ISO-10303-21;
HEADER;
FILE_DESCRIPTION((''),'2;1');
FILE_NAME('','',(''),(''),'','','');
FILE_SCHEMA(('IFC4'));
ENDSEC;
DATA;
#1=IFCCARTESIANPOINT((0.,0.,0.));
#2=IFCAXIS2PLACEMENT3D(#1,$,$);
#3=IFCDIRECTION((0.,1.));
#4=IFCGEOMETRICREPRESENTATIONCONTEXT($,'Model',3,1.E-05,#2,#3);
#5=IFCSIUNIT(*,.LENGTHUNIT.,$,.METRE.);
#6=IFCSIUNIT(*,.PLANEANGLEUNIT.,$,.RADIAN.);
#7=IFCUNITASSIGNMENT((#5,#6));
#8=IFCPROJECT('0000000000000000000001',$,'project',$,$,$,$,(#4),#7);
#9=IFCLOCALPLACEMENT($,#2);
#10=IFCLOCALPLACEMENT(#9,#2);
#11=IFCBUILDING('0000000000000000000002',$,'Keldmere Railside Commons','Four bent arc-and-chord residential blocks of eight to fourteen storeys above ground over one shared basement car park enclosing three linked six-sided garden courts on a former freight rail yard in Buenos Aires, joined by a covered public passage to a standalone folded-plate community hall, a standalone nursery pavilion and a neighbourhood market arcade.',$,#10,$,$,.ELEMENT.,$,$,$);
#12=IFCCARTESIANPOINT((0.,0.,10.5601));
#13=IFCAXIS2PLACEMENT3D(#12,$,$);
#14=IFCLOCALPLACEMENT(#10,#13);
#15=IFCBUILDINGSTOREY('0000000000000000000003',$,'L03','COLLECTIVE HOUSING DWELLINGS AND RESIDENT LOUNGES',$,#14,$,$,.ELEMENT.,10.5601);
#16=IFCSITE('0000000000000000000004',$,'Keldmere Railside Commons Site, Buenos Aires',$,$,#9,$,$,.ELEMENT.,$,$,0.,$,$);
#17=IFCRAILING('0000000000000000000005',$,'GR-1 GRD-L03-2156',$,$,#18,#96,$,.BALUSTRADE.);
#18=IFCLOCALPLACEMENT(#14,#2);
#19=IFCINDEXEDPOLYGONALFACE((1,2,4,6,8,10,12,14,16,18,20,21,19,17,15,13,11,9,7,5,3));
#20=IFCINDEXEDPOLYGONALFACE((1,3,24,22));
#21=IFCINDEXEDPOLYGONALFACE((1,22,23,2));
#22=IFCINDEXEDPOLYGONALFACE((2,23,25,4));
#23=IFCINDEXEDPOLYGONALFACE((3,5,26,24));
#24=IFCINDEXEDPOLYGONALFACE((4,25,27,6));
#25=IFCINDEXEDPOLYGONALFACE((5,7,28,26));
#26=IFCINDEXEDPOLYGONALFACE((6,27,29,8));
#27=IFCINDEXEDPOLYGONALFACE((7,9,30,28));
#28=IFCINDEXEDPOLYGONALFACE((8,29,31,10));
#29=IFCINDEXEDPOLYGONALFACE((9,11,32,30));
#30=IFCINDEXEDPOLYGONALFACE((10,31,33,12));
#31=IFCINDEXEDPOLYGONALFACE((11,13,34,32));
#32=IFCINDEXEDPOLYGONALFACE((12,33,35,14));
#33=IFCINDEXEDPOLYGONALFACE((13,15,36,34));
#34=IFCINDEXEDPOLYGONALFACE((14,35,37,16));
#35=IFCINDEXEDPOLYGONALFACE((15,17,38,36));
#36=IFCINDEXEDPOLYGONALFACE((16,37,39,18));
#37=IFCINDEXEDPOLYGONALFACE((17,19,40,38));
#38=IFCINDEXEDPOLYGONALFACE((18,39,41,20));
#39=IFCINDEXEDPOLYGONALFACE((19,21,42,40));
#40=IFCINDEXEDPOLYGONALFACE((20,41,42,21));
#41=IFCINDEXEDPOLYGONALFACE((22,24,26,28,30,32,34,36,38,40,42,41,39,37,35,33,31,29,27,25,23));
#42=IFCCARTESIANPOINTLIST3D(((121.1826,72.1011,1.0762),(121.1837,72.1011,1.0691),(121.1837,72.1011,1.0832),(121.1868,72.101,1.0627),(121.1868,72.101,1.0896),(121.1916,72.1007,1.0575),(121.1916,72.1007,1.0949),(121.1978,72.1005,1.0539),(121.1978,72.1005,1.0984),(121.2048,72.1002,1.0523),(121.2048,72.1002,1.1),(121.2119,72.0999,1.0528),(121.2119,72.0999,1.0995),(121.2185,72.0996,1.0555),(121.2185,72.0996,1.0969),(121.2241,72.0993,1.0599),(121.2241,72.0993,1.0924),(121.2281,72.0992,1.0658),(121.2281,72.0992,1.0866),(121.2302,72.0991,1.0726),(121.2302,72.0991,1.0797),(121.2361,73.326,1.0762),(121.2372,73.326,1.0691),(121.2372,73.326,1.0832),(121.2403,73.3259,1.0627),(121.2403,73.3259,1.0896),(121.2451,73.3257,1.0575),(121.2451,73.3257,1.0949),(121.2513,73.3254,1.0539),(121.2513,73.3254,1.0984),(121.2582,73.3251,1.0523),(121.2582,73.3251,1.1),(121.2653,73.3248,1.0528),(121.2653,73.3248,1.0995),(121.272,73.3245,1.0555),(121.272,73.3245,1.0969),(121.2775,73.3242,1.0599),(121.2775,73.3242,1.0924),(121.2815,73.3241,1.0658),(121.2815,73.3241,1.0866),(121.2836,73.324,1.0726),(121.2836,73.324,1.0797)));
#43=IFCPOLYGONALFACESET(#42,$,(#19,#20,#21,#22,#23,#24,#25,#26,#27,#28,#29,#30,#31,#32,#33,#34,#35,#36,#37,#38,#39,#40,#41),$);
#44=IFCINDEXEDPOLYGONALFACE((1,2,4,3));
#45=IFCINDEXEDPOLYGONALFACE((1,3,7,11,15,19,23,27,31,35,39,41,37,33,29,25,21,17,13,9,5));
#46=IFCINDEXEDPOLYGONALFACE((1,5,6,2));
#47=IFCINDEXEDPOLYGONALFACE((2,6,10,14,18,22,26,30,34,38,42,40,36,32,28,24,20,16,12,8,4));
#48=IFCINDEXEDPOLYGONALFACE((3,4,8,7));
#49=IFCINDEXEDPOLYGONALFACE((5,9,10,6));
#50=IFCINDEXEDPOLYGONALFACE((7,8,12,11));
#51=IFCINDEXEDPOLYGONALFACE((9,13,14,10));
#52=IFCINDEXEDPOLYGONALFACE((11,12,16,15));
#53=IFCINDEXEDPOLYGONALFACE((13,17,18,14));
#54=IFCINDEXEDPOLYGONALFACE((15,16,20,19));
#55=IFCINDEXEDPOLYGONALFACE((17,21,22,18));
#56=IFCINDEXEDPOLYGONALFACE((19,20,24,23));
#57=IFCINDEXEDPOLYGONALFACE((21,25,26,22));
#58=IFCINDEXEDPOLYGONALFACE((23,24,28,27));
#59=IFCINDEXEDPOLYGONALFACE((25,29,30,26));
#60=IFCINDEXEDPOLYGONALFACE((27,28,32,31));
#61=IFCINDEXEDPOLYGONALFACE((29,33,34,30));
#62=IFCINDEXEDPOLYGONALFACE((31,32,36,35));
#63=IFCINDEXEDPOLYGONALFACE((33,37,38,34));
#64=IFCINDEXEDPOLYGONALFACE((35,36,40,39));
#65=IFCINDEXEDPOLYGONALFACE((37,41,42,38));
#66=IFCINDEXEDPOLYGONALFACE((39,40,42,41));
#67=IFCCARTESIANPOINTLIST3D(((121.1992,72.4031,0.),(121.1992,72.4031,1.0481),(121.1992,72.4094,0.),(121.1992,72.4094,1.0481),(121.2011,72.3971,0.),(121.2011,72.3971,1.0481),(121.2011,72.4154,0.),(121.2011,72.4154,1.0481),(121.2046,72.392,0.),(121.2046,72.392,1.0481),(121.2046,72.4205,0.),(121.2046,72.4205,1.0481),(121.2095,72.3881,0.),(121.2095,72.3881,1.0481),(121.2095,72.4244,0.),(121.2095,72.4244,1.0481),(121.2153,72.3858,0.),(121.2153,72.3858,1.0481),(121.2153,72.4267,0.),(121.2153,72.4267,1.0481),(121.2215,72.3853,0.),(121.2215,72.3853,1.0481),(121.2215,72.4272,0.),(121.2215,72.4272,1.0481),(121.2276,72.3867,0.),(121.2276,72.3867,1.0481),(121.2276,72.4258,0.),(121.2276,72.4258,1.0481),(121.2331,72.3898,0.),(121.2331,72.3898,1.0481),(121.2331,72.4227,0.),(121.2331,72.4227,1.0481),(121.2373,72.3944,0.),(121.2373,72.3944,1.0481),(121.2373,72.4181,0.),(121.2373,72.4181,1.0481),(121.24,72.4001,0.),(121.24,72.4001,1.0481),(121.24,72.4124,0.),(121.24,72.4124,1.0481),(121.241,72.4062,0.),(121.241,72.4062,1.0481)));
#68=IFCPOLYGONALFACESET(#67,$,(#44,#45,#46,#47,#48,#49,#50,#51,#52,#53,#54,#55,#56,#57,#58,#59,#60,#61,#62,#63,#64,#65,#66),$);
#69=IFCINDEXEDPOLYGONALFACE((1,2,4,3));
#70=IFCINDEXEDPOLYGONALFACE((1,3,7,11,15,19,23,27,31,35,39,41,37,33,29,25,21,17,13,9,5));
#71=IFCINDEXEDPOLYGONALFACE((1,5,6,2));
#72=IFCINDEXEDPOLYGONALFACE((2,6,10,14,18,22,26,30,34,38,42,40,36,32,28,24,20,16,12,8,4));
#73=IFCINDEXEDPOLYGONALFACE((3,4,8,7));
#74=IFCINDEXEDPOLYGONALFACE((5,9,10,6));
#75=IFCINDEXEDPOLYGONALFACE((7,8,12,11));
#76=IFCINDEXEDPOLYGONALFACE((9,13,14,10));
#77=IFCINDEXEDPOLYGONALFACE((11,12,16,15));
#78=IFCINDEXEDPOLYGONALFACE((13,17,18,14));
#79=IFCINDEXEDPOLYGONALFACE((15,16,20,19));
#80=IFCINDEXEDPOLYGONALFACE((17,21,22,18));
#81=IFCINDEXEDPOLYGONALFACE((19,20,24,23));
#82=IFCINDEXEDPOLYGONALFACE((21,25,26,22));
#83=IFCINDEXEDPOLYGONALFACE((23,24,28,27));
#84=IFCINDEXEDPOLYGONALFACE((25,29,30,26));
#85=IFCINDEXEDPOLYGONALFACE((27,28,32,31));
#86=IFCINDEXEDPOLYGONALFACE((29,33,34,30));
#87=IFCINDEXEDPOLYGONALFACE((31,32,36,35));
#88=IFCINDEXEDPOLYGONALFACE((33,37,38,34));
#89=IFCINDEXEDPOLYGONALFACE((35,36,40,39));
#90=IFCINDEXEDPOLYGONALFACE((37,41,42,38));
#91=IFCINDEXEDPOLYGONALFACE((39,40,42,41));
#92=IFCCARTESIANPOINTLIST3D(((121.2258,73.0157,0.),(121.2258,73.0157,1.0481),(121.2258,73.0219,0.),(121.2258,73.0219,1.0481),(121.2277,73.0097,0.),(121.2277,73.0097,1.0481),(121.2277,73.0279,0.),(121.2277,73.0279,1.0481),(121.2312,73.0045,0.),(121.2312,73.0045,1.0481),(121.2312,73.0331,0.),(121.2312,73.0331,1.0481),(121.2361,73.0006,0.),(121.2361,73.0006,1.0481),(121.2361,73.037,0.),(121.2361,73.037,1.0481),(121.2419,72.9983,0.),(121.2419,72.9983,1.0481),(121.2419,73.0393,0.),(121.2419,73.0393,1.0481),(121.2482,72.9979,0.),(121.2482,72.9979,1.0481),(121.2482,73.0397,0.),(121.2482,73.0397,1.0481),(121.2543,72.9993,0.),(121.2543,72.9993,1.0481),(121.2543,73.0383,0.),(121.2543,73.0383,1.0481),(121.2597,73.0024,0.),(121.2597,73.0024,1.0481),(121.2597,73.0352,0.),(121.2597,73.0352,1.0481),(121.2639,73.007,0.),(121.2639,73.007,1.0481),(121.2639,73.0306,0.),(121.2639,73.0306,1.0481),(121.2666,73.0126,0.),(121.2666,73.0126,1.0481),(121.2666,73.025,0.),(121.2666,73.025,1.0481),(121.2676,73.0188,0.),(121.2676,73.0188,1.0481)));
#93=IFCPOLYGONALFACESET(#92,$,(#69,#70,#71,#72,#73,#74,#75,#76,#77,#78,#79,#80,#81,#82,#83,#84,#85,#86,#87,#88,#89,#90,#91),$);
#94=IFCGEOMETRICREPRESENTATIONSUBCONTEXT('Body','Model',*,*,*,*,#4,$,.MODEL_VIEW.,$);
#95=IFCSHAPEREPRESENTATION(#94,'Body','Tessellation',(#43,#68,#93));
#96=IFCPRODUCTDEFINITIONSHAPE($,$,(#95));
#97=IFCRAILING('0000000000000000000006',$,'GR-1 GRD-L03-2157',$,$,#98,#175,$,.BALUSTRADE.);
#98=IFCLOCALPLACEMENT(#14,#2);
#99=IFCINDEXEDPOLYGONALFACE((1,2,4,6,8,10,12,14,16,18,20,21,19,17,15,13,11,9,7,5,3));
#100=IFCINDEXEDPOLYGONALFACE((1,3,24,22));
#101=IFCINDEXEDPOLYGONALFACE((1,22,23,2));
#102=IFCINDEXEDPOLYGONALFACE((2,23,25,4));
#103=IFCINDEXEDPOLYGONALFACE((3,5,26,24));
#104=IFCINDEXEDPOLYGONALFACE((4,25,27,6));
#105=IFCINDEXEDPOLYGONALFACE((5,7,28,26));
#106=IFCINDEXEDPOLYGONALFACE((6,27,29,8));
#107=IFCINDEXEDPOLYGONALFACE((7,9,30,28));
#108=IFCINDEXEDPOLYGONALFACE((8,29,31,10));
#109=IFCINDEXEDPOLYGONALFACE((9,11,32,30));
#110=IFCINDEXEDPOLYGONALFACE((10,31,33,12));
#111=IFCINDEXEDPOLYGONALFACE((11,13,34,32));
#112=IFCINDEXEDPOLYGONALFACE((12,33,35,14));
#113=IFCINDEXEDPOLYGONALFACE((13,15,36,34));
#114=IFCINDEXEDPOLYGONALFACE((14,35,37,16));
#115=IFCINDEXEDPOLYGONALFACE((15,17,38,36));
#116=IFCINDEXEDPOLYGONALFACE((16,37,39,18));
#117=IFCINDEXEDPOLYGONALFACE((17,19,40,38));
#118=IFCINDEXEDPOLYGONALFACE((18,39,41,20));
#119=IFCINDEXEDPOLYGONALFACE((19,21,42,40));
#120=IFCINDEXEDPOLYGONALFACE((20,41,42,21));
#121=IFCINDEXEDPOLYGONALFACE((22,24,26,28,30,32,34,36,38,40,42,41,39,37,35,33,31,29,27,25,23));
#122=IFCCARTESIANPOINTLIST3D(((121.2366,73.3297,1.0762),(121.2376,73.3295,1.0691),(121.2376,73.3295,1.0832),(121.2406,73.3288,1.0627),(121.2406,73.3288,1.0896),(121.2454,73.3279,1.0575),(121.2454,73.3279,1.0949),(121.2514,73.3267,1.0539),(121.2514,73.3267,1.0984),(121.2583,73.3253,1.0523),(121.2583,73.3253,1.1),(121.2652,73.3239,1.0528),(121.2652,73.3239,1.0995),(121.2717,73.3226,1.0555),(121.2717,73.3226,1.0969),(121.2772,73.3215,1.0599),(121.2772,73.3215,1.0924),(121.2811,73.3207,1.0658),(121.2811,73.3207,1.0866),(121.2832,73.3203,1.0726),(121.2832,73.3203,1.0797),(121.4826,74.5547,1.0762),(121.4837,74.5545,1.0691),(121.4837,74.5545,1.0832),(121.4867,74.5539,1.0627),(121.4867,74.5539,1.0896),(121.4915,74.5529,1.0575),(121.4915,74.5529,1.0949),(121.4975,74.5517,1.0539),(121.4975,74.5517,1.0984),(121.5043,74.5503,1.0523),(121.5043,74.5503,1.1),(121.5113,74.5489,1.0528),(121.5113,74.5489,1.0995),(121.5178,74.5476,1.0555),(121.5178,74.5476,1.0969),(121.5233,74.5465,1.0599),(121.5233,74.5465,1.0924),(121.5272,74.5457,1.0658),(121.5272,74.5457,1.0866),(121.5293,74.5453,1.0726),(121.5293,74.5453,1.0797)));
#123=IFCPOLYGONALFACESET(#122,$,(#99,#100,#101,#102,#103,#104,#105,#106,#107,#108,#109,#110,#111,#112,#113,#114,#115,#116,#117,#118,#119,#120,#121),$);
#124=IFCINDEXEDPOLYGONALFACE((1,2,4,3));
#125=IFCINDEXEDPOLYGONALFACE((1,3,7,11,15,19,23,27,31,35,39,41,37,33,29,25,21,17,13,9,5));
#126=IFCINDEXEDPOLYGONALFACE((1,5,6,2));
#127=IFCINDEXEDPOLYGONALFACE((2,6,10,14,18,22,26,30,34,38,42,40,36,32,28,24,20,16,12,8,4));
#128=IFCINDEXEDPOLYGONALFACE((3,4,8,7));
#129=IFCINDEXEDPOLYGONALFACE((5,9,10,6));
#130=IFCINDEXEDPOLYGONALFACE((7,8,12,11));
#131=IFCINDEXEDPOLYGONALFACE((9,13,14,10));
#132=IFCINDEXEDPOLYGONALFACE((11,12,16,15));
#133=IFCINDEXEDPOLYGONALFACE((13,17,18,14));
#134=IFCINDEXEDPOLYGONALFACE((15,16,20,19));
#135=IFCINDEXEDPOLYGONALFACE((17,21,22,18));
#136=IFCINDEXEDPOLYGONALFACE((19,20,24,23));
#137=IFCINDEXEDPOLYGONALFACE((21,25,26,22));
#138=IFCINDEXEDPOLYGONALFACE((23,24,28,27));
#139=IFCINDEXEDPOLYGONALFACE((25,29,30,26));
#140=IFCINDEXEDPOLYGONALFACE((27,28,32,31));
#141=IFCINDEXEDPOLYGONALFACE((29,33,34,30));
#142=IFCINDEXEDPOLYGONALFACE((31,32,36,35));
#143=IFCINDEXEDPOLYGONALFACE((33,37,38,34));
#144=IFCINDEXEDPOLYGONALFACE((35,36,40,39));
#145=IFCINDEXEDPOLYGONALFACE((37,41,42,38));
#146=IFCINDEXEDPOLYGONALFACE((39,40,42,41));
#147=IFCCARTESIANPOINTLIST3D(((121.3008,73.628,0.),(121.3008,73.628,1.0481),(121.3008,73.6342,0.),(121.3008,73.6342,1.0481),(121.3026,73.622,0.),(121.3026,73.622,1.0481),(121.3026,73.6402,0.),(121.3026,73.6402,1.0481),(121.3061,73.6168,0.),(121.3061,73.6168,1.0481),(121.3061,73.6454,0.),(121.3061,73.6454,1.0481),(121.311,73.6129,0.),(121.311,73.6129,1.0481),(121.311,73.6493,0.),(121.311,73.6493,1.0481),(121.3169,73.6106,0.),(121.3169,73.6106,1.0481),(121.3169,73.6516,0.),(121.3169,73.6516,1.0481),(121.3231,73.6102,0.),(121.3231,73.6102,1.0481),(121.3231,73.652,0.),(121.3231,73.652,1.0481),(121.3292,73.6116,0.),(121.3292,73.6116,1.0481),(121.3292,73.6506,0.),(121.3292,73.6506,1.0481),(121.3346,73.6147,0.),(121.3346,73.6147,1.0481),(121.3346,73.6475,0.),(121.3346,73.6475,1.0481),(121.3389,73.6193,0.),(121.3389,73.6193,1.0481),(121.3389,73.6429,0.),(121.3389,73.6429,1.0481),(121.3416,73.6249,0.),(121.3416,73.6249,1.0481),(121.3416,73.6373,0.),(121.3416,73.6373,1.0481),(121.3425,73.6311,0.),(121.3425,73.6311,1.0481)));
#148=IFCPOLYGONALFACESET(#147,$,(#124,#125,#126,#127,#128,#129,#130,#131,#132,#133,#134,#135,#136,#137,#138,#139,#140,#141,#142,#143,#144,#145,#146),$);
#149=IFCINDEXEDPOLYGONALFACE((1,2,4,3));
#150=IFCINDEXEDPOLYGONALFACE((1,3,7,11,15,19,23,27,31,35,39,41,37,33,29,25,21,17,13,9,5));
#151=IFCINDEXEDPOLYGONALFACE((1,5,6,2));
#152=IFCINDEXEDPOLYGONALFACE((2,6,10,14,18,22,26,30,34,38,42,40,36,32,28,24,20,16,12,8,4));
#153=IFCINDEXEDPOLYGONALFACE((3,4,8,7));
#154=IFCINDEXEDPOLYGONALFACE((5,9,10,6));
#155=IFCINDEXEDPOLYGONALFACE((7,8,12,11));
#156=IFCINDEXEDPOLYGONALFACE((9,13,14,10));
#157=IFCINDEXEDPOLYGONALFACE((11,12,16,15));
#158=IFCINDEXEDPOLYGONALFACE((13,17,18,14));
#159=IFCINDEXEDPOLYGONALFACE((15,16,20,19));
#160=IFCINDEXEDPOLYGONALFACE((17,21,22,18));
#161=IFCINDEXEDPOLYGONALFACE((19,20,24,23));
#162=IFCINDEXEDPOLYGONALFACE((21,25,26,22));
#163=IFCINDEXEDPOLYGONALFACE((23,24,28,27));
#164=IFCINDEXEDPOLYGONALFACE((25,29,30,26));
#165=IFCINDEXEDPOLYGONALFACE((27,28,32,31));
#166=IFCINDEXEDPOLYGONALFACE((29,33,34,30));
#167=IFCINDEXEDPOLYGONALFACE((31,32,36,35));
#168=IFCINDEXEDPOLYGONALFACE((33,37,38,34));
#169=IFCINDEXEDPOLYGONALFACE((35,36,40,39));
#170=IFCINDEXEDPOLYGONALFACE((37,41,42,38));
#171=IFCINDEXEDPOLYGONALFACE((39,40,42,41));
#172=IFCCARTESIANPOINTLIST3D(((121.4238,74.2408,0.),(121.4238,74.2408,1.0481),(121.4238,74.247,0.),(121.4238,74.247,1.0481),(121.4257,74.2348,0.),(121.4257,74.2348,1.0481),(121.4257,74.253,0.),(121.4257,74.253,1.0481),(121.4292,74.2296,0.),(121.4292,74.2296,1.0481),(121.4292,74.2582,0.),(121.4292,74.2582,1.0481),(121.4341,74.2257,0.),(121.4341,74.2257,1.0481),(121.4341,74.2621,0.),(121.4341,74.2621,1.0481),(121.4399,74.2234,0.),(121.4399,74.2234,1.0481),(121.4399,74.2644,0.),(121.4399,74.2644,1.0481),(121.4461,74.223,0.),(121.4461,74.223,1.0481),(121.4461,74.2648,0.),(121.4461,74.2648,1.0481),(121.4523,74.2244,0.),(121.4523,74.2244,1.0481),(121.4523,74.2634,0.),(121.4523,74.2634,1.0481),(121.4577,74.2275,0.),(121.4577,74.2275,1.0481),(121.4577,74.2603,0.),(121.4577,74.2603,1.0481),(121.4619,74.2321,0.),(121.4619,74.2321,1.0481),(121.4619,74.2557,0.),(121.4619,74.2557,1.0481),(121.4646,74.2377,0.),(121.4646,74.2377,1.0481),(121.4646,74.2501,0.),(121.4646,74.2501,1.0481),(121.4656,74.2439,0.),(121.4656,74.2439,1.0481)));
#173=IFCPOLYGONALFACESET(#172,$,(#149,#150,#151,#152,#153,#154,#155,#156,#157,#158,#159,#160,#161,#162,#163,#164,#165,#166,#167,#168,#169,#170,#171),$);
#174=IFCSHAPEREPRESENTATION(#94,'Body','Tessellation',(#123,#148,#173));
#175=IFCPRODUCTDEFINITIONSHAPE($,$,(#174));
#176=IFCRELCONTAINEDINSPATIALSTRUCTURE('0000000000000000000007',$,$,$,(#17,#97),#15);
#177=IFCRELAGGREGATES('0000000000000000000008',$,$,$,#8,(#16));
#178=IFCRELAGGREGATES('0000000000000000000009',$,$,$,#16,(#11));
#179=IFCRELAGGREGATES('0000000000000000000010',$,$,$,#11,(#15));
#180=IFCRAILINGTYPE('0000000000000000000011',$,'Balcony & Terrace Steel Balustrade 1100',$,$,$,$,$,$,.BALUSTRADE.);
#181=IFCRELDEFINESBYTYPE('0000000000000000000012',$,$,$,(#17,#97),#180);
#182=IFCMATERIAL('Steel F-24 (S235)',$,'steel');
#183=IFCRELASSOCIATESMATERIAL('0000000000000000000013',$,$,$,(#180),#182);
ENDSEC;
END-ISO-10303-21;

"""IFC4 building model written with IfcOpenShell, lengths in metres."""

from ifc_helpers import new_model, si_unit, direction, frame, origin, origin_2d, place, context, subcontext, project, spatial, circle, extrude, material, type_object, element, save


model = new_model("IFC4")

# Units and contexts
model_context = context("Model", 3, precision=1e-05, world=origin(), true_north=direction((0.0, 1.0)))
body_context = subcontext(model_context, "Body", "Model", "MODEL_VIEW")
ifc_project = project(units=[si_unit("LENGTHUNIT", "METRE"), si_unit("PLANEANGLEUNIT", "RADIAN")], contexts=[model_context])

# Site, building, storey
site_placement = place(None, origin())
site = spatial("IfcSite", under=ifc_project, at=site_placement, Name="Keldmere Railside Commons Site, Buenos Aires", CompositionType="ELEMENT", RefElevation=0.0)
building_placement = place(site_placement, origin())
building = spatial("IfcBuilding", under=site, at=building_placement, Name="Keldmere Railside Commons", Description="Four bent arc-and-chord residential blocks of eight to fourteen storeys above ground over one shared basement car park enclosing three linked six-sided garden courts on a former freight rail yard in Buenos Aires, joined by a covered public passage to a standalone folded-plate community hall, a standalone nursery pavilion and a neighbourhood market arcade.", CompositionType="ELEMENT")
storey_placement = place(building_placement, frame((0.0, 0.0, 10.5601)))
storey = spatial("IfcBuildingStorey", under=building, at=storey_placement, Name="L03", Description="COLLECTIVE HOUSING DWELLINGS AND RESIDENT LOUNGES", CompositionType="ELEMENT", Elevation=10.5601)

# Railings
ifc_material_1 = material(Name="Steel F-24 (S235)", Category="steel")
railing_type = type_object("IfcRailingType", Name="Balcony & Terrace Steel Balustrade 1100", PredefinedType="BALUSTRADE", material=ifc_material_1)
railing_1_placement = place(storey_placement, frame((121.2065, 72.1001, 0.0)))
element("IfcRailing", 1, at=railing_1_placement, inside=storey, type_object=railing_type, Name="GR-1 GRD-L03-2156", PredefinedType="BALUSTRADE", context=body_context, shape_type="SweptSolid", body=[
    extrude(circle(Radius=0.0239, at=origin_2d()), frame((0.0, 0.0, 1.0762), z_axis=(0.04361, 0.999049, 0.0), x_axis=(-0.999049, 0.04361, 0.0)), (0.0, 0.0, 1.0), 1.2261),
    extrude(circle(Radius=0.021, at=origin_2d()), frame((0.0134, 0.3062, 0.0)), (0.0, 0.0, 1.0), 1.0481),
    extrude(circle(Radius=0.021, at=origin_2d()), frame((0.04, 0.9187, 0.0)), (0.0, 0.0, 1.0), 1.0481),
])
railing_2_placement = place(storey_placement, frame((121.26, 73.325, 0.0)))
element("IfcRailing", 2, at=railing_2_placement, inside=storey, type_object=railing_type, Name="GR-1 GRD-L03-2157", PredefinedType="BALUSTRADE", context=body_context, shape_type="SweptSolid", body=[
    extrude(circle(Radius=0.0239, at=origin_2d()), frame((0.0, 0.0, 1.0762), z_axis=(0.196943, 0.980415, 0.0), x_axis=(-0.980415, 0.196943, 0.0)), (0.0, 0.0, 1.0), 1.2495),
    extrude(circle(Radius=0.021, at=origin_2d()), frame((0.0615, 0.3062, 0.0)), (0.0, 0.0, 1.0), 1.0481),
    extrude(circle(Radius=0.021, at=origin_2d()), frame((0.1846, 0.9189, 0.0)), (0.0, 0.0, 1.0), 1.0481),
])

save(model, "model.ifc")
